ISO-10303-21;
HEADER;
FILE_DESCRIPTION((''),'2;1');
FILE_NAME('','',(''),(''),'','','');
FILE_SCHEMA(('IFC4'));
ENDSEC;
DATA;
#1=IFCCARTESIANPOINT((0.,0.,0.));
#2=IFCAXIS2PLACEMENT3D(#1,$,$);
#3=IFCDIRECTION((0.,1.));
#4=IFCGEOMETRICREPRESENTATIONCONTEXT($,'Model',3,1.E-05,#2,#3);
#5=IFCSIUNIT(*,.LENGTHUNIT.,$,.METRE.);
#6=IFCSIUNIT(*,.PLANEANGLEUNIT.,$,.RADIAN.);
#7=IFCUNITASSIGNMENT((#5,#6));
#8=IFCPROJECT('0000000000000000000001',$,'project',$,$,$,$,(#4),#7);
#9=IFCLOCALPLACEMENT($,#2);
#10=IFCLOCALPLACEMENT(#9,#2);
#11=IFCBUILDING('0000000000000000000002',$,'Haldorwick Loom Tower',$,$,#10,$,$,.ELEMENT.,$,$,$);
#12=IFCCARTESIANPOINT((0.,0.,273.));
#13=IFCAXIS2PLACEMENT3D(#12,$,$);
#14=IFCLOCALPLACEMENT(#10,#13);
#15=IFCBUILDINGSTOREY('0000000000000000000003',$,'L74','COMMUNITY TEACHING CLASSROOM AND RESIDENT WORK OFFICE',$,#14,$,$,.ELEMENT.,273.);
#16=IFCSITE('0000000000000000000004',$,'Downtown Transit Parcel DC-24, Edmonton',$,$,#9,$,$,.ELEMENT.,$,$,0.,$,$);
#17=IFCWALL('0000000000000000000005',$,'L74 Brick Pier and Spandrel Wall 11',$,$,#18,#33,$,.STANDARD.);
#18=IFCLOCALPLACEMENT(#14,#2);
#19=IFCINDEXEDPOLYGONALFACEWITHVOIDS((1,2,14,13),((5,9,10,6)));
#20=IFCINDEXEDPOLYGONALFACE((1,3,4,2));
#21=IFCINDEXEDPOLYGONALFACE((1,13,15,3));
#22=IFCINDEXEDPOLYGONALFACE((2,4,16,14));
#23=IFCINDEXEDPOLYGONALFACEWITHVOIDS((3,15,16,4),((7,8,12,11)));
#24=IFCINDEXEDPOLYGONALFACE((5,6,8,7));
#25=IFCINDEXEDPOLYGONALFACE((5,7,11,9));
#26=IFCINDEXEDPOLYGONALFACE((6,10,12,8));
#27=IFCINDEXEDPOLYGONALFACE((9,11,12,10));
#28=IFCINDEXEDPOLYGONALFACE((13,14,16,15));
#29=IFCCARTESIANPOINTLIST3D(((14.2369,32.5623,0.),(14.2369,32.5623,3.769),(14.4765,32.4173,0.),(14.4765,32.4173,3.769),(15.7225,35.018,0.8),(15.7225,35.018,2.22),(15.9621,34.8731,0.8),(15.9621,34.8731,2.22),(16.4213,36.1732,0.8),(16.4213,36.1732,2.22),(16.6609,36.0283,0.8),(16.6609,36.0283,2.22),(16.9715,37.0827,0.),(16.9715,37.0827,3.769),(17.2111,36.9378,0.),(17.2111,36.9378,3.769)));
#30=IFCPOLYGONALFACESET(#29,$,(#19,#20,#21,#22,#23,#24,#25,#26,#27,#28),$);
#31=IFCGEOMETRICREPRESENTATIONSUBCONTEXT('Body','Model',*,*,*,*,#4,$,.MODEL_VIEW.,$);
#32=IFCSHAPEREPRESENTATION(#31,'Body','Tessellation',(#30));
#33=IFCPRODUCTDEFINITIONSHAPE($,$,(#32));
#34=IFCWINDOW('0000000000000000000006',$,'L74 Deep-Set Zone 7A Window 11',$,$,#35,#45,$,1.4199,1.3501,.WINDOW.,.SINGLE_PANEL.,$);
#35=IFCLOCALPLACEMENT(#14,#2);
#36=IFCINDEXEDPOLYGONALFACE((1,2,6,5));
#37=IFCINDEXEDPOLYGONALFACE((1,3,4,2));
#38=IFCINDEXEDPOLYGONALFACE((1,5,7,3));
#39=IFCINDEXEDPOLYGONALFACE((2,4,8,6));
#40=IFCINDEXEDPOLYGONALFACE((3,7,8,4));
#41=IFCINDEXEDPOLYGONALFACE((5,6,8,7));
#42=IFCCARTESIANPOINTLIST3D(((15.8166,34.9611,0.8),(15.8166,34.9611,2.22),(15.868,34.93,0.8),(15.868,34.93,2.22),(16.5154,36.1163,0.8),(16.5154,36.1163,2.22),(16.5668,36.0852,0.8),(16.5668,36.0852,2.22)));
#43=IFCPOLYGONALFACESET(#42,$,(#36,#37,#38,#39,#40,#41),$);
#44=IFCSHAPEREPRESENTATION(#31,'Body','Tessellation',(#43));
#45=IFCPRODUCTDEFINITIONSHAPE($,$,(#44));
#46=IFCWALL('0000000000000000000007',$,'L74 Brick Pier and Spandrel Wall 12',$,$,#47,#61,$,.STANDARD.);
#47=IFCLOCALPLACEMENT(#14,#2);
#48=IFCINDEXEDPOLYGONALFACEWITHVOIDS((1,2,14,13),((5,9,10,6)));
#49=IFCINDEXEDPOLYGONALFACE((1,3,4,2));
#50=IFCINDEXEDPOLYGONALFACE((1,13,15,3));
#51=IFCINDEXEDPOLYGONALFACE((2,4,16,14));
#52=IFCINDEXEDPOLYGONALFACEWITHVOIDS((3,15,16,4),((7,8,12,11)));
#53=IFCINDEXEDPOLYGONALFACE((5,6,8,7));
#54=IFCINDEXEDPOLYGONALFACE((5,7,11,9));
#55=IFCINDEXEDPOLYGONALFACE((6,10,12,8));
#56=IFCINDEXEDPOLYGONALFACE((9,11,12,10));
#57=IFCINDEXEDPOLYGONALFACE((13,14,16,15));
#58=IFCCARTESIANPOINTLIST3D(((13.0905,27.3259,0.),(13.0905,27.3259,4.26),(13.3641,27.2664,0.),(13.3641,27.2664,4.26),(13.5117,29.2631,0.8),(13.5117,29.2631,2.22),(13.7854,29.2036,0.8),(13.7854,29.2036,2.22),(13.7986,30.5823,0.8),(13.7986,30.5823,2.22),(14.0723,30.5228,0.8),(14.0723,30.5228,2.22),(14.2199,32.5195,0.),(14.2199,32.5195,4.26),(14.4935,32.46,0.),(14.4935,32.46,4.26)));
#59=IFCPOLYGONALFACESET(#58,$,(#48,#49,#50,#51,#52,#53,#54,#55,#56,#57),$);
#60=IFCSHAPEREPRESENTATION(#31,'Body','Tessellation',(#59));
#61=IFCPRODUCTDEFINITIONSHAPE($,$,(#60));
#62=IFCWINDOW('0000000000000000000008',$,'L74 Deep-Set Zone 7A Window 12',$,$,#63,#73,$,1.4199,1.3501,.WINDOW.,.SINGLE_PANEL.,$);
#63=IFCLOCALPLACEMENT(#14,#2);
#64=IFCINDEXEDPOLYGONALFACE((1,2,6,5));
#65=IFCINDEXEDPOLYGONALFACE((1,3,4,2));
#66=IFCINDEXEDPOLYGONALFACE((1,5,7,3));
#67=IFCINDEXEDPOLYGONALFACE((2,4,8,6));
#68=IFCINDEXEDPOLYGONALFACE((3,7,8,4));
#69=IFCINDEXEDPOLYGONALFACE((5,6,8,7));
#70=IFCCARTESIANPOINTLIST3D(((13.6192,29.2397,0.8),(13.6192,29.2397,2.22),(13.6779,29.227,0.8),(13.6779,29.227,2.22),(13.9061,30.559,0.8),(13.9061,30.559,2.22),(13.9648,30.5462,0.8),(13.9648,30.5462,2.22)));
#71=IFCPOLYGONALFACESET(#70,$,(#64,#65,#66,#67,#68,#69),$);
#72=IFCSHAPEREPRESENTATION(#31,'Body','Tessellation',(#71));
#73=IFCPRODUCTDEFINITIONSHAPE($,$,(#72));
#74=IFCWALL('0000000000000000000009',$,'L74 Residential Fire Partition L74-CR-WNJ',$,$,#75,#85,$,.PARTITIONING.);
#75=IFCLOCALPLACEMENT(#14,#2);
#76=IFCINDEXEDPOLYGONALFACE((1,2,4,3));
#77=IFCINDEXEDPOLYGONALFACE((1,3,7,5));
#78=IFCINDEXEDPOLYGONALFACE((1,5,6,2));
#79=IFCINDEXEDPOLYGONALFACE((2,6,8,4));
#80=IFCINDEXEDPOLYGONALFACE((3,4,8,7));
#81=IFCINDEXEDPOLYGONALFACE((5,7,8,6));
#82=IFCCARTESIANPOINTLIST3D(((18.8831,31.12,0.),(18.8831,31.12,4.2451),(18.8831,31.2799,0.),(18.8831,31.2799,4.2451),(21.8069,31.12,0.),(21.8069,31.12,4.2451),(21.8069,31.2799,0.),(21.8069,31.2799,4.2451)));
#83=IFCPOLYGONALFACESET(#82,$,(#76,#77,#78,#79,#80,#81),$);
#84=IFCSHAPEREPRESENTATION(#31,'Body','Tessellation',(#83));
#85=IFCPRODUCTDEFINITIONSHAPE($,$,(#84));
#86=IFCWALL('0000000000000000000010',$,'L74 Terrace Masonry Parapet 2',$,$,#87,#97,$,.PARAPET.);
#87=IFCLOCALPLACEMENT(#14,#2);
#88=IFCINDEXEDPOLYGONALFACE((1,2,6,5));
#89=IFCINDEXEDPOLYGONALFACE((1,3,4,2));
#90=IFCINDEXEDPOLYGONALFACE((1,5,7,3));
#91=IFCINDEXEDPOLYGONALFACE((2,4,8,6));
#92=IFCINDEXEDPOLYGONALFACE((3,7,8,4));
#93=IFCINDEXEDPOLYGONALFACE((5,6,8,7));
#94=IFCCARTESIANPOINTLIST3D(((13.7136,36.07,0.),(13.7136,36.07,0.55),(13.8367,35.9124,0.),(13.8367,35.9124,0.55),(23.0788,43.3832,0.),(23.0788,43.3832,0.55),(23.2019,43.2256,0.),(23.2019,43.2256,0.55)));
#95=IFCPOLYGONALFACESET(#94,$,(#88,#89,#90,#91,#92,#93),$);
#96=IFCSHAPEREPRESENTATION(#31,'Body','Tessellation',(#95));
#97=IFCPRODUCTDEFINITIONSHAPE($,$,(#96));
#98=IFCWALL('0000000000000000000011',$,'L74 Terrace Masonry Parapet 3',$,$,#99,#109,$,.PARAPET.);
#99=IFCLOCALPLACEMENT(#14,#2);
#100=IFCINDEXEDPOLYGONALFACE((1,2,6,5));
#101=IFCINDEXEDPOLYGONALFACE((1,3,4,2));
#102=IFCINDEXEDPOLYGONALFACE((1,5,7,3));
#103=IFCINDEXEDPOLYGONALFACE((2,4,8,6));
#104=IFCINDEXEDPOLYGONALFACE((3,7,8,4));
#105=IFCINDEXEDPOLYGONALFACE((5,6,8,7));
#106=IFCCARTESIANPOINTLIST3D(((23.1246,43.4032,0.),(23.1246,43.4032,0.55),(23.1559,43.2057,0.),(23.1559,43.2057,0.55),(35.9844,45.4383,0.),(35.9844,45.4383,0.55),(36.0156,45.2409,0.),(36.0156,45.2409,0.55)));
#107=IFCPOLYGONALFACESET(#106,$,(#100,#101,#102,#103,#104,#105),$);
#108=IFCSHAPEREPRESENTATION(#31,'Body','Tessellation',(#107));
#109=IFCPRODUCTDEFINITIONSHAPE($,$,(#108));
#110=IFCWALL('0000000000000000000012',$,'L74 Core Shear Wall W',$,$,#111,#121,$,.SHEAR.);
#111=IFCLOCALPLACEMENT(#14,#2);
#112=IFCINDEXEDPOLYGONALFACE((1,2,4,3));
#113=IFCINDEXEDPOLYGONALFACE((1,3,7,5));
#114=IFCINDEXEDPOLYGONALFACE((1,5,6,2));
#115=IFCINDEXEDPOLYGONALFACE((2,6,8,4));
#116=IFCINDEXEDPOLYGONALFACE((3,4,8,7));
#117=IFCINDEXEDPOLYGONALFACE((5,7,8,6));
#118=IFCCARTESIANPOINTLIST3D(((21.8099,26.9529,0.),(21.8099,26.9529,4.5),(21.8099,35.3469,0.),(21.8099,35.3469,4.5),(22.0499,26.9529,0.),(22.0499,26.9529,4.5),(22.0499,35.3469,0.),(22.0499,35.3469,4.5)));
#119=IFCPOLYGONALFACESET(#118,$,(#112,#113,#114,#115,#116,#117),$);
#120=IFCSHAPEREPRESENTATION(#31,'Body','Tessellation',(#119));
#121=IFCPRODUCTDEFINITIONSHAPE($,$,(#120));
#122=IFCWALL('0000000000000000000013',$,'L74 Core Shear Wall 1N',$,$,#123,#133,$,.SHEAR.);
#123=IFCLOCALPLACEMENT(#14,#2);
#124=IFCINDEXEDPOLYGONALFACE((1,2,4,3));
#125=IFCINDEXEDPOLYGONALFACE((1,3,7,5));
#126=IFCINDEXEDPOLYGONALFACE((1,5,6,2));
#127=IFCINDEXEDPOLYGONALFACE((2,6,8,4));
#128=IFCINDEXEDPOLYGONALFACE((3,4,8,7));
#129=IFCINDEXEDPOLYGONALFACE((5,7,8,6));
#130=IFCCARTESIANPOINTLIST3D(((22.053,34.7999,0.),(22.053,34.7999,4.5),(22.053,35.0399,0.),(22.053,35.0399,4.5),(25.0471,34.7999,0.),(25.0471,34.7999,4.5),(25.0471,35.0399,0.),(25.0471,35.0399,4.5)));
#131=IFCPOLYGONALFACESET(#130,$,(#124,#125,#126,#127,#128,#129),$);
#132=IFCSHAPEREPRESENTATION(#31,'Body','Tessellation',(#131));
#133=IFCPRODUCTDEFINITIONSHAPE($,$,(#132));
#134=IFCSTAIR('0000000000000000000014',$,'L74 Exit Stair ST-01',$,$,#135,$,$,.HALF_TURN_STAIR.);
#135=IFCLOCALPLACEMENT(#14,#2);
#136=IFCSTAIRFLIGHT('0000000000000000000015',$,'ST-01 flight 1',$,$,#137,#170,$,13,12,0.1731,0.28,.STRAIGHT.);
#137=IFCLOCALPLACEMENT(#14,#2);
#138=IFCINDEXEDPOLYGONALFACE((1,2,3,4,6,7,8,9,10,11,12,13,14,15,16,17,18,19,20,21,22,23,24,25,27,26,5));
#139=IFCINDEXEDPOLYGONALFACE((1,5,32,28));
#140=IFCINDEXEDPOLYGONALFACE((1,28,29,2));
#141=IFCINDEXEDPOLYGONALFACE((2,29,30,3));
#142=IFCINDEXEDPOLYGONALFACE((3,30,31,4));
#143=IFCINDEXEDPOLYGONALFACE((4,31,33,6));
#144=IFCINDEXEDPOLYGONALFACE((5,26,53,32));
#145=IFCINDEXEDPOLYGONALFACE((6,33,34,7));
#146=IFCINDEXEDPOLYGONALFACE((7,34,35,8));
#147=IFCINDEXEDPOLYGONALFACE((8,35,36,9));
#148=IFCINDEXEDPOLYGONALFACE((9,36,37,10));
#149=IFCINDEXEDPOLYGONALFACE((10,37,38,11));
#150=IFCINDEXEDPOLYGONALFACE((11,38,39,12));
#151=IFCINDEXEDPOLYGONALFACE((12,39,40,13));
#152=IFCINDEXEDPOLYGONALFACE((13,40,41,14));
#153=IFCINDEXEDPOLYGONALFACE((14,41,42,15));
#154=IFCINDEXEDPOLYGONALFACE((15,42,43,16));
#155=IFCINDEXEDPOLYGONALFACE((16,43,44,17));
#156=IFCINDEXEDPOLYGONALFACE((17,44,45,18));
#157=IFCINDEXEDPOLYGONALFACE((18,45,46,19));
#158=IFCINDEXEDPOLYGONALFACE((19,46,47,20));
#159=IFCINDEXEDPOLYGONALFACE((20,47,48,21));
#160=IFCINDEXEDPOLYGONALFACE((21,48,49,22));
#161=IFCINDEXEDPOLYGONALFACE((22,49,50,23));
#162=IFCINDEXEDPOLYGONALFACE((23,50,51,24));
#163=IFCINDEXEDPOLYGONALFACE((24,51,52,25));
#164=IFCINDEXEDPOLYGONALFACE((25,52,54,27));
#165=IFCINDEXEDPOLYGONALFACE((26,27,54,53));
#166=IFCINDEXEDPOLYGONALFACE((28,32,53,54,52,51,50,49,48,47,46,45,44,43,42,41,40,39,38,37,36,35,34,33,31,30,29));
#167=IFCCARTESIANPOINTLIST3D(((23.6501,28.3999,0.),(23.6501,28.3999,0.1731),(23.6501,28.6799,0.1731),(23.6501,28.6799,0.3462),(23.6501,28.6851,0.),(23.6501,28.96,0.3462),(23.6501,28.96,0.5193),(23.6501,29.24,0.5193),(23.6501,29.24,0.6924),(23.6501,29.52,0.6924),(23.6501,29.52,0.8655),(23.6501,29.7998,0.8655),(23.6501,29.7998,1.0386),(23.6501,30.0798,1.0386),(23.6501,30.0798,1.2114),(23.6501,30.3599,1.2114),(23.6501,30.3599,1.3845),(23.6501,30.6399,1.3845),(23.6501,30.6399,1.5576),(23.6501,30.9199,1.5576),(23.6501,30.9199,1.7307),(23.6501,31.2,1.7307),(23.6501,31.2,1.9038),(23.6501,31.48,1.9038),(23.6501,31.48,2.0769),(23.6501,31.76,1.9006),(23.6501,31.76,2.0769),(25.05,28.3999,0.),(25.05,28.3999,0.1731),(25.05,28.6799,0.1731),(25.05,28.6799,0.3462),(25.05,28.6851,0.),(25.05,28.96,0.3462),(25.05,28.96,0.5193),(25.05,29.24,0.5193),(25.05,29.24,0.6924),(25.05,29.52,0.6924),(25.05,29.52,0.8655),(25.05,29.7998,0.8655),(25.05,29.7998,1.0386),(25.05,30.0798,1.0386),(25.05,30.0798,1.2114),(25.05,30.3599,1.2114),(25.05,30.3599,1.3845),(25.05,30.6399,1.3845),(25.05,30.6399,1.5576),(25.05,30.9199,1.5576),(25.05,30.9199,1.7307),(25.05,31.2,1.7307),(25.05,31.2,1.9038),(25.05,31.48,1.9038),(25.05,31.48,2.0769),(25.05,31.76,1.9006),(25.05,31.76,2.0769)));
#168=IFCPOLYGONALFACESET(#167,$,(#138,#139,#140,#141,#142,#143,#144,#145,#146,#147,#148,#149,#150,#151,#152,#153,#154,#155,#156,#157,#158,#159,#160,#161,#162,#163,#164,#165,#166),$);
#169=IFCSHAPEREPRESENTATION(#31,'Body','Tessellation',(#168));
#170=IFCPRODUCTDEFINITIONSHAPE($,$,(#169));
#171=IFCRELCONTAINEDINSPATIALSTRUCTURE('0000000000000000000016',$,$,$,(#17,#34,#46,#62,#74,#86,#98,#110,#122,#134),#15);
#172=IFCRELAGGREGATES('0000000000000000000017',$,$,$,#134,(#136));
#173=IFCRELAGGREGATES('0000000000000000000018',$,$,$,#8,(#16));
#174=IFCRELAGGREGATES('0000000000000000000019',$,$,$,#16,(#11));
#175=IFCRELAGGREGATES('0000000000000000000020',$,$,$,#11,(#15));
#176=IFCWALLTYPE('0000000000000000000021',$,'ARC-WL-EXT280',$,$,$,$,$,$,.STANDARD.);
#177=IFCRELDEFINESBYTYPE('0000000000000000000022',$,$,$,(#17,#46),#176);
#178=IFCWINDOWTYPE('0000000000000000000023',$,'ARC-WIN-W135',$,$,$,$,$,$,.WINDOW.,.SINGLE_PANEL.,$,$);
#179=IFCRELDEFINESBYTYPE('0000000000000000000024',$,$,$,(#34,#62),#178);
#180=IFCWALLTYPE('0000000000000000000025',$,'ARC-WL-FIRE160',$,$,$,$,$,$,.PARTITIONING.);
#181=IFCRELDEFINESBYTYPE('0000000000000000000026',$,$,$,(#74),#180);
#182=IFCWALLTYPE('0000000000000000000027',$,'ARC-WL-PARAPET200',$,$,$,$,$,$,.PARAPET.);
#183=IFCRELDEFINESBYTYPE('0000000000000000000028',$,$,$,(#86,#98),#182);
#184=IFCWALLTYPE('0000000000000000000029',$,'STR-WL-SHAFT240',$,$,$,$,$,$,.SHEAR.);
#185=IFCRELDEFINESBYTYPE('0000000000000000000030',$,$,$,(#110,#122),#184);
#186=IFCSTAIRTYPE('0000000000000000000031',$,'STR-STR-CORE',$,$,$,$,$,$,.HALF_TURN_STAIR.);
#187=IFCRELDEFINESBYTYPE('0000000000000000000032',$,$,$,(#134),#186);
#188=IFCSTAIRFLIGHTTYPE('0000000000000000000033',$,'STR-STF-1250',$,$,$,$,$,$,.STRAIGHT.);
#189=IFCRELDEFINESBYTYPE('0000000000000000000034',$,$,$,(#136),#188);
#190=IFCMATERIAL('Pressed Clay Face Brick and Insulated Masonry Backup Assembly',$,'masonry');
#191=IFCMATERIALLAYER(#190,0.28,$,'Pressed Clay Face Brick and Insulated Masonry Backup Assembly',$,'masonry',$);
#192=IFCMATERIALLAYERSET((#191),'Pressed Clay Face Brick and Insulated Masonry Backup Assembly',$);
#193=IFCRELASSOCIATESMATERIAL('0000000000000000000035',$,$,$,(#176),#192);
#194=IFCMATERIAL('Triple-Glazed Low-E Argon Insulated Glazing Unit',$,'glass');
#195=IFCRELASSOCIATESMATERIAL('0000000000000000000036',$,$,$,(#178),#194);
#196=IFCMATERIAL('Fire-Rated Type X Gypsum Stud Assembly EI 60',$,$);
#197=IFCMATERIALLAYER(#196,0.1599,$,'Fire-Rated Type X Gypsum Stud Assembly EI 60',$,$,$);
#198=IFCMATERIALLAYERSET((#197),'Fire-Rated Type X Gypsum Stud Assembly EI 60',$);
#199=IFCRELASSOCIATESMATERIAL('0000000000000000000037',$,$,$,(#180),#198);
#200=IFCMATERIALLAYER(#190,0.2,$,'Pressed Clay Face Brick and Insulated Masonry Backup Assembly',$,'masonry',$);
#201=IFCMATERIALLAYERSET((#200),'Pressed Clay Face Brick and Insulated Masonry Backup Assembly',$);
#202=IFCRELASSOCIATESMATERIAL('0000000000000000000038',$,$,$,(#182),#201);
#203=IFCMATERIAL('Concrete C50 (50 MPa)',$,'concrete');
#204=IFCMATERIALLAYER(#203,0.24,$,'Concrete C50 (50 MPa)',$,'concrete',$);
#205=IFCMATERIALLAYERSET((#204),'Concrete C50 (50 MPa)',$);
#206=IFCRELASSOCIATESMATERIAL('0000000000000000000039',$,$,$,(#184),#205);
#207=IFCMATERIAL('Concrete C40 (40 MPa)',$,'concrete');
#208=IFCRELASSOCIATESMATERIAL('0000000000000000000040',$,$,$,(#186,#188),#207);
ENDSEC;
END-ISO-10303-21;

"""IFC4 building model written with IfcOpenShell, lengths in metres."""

from ifc_helpers import new_model, si_unit, direction, frame, frame_2d, origin, place, context, subcontext, project, spatial, polyline, rectangle, outline, extrude, material, layer, layer_set, type_object, element, fill, aggregate, save


model = new_model("IFC4")

# Units and contexts
model_context = context("Model", 3, precision=1e-05, world=origin(), true_north=direction((0.0, 1.0)))
body_context = subcontext(model_context, "Body", "Model", "MODEL_VIEW")
ifc_project = project(units=[si_unit("LENGTHUNIT", "METRE"), si_unit("PLANEANGLEUNIT", "RADIAN")], contexts=[model_context])

# Site, building, storey
site_placement = place(None, origin())
site = spatial("IfcSite", under=ifc_project, at=site_placement, Name="Downtown Transit Parcel DC-24, Edmonton", CompositionType="ELEMENT", RefElevation=0.0)
building_placement = place(site_placement, origin())
building = spatial("IfcBuilding", under=site, at=building_placement, Name="Haldorwick Loom Tower", CompositionType="ELEMENT")
storey_placement = place(building_placement, frame((0.0, 0.0, 273.0)))
storey = spatial("IfcBuildingStorey", under=building, at=storey_placement, Name="L74", Description="COMMUNITY TEACHING CLASSROOM AND RESIDENT WORK OFFICE", CompositionType="ELEMENT", Elevation=273.0)

# Shared definitions
ifc_material_1 = material(Name="Concrete C50 (50 MPa)", Category="concrete")

# Shared definitions
ifc_material_2 = material(Name="Pressed Clay Face Brick and Insulated Masonry Backup Assembly", Category="masonry")
ifc_layer_1 = layer(ifc_material_2, 0.28, Name="Pressed Clay Face Brick and Insulated Masonry Backup Assembly", Category="masonry")
ifc_layer_set_1 = layer_set([ifc_layer_1], Name="Pressed Clay Face Brick and Insulated Masonry Backup Assembly")
wall_type_1 = type_object("IfcWallType", Name="ARC-WL-EXT280", PredefinedType="STANDARD", material=ifc_layer_set_1)

# Walls, openings, windows
wall_1_placement = place(storey_placement, frame((17.0913, 37.0103, 0.0), z_axis=(0.0, 0.0, 1.0), x_axis=(-0.517598, -0.855624, 0.0)))
wall_1 = element("IfcWall", 1, at=wall_1_placement, inside=storey, type_object=wall_type_1, Name="L74 Brick Pier and Spandrel Wall 11", PredefinedType="STANDARD", context=body_context, shape_type="SweptSolid", body=[
    extrude(rectangle(XDim=5.2832, YDim=0.28, at=frame_2d((2.6416, 0.0))), origin(), (0.0, 0.0, 1.0), 3.769),
])
opening_1_placement = place(wall_1_placement, frame((1.063, 0.0, 0.8)))
opening_1 = element("IfcOpeningElement", 2, at=opening_1_placement, cuts=wall_1, PredefinedType="OPENING", context=body_context, shape_type="SweptSolid", body=[
    extrude(rectangle(XDim=1.3501, YDim=1.4199, at=frame_2d((0.675, 0.71))), frame((0.0, 0.1499, 0.0), z_axis=(0.0, -1.0, 0.0), x_axis=(1.0, 0.0, 0.0)), (0.0, 0.0, 1.0), 0.3),
])
ifc_material_3 = material(Name="Triple-Glazed Low-E Argon Insulated Glazing Unit", Category="glass")
window_type = type_object("IfcWindowType", Name="ARC-WIN-W135", PartitioningType="SINGLE_PANEL", PredefinedType="WINDOW", material=ifc_material_3)
window_1_placement = place(opening_1_placement, origin())
window_1 = element("IfcWindow", 3, at=window_1_placement, inside=storey, type_object=window_type, Name="L74 Deep-Set Zone 7A Window 11", OverallHeight=1.4199, OverallWidth=1.3501, PartitioningType="SINGLE_PANEL", PredefinedType="WINDOW", context=body_context, shape_type="SweptSolid", body=[
    extrude(rectangle(XDim=1.3501, YDim=1.4199, at=frame_2d((0.675, 0.71))), frame((0.0, 0.03, 0.0), z_axis=(0.0, -1.0, 0.0), x_axis=(1.0, 0.0, 0.0)), (0.0, 0.0, 1.0), 0.0601),
])
fill(opening_1, window_1)
wall_2_placement = place(storey_placement, frame((14.3567, 32.4897, 0.0), z_axis=(0.0, 0.0, 1.0), x_axis=(-0.212493, -0.977163, 0.0)))
wall_2 = element("IfcWall", 4, at=wall_2_placement, inside=storey, type_object=wall_type_1, Name="L74 Brick Pier and Spandrel Wall 12", PredefinedType="STANDARD", context=body_context, shape_type="SweptSolid", body=[
    extrude(rectangle(XDim=5.3149, YDim=0.28, at=frame_2d((2.6575, 0.0))), origin(), (0.0, 0.0, 1.0), 4.26),
])
opening_2_placement = place(wall_2_placement, frame((1.9824, 0.0, 0.8)))
opening_2 = element("IfcOpeningElement", 5, at=opening_2_placement, cuts=wall_2, PredefinedType="OPENING", context=body_context, shape_type="SweptSolid", body=[
    extrude(rectangle(XDim=1.3501, YDim=1.4199, at=frame_2d((0.675, 0.71))), frame((0.0, 0.1499, 0.0), z_axis=(0.0, -1.0, 0.0), x_axis=(1.0, 0.0, 0.0)), (0.0, 0.0, 1.0), 0.3),
])
window_2_placement = place(opening_2_placement, origin())
window_2 = element("IfcWindow", 6, at=window_2_placement, inside=storey, type_object=window_type, Name="L74 Deep-Set Zone 7A Window 12", OverallHeight=1.4199, OverallWidth=1.3501, PartitioningType="SINGLE_PANEL", PredefinedType="WINDOW", context=body_context, shape_type="SweptSolid", body=[
    extrude(rectangle(XDim=1.3501, YDim=1.4199, at=frame_2d((0.675, 0.71))), frame((0.0, 0.03, 0.0), z_axis=(0.0, -1.0, 0.0), x_axis=(1.0, 0.0, 0.0)), (0.0, 0.0, 1.0), 0.0601),
])
fill(opening_2, window_2)

# Walls
ifc_material_4 = material(Name="Fire-Rated Type X Gypsum Stud Assembly EI 60")
ifc_layer_2 = layer(ifc_material_4, 0.1599, Name="Fire-Rated Type X Gypsum Stud Assembly EI 60")
ifc_layer_set_2 = layer_set([ifc_layer_2], Name="Fire-Rated Type X Gypsum Stud Assembly EI 60")
wall_type_2 = type_object("IfcWallType", Name="ARC-WL-FIRE160", PredefinedType="PARTITIONING", material=ifc_layer_set_2)
wall_3_placement = place(storey_placement, frame((18.8831, 31.2, 0.0), z_axis=(0.0, 0.0, 1.0), x_axis=(1.0, 0.0, 0.0)))
element("IfcWall", 7, at=wall_3_placement, inside=storey, type_object=wall_type_2, Name="L74 Residential Fire Partition L74-CR-WNJ", PredefinedType="PARTITIONING", context=body_context, shape_type="SweptSolid", body=[
    extrude(rectangle(XDim=2.9238, YDim=0.1599, at=frame_2d((1.4619, 0.0))), origin(), (0.0, 0.0, 1.0), 4.2451),
])
ifc_layer_3 = layer(ifc_material_2, 0.2, Name="Pressed Clay Face Brick and Insulated Masonry Backup Assembly", Category="masonry")
ifc_layer_set_3 = layer_set([ifc_layer_3], Name="Pressed Clay Face Brick and Insulated Masonry Backup Assembly")
wall_type_3 = type_object("IfcWallType", Name="ARC-WL-PARAPET200", PredefinedType="PARAPET", material=ifc_layer_set_3)
wall_4_placement = place(storey_placement, frame((13.7751, 35.9912, 0.0), z_axis=(0.0, 0.0, 1.0), x_axis=(0.788161, 0.615469, 0.0)))
element("IfcWall", 8, at=wall_4_placement, inside=storey, type_object=wall_type_3, Name="L74 Terrace Masonry Parapet 2", PredefinedType="PARAPET", context=body_context, shape_type="SweptSolid", body=[
    extrude(rectangle(XDim=11.8823, YDim=0.2, at=frame_2d((5.9412, 0.0))), origin(), (0.0, 0.0, 1.0), 0.55),
])
wall_5_placement = place(storey_placement, frame((23.1404, 43.3044, 0.0), z_axis=(0.0, 0.0, 1.0), x_axis=(0.987707, 0.156314, 0.0)))
element("IfcWall", 9, at=wall_5_placement, inside=storey, type_object=wall_type_3, Name="L74 Terrace Masonry Parapet 3", PredefinedType="PARAPET", context=body_context, shape_type="SweptSolid", body=[
    extrude(rectangle(XDim=13.0198, YDim=0.2, at=frame_2d((6.5098, 0.0))), origin(), (0.0, 0.0, 1.0), 0.55),
])
ifc_layer_4 = layer(ifc_material_1, 0.24, Name="Concrete C50 (50 MPa)", Category="concrete")
ifc_layer_set_4 = layer_set([ifc_layer_4], Name="Concrete C50 (50 MPa)")
wall_type_4 = type_object("IfcWallType", Name="STR-WL-SHAFT240", PredefinedType="SHEAR", material=ifc_layer_set_4)
wall_6_placement = place(storey_placement, frame((21.9299, 35.3469, 0.0), z_axis=(0.0, 0.0, 1.0), x_axis=(0.0, -1.0, 0.0)))
element("IfcWall", 10, at=wall_6_placement, inside=storey, type_object=wall_type_4, Name="L74 Core Shear Wall W", PredefinedType="SHEAR", context=body_context, shape_type="SweptSolid", body=[
    extrude(rectangle(XDim=8.394, YDim=0.24, at=frame_2d((4.197, 0.0))), origin(), (0.0, 0.0, 1.0), 4.5),
])
wall_7_placement = place(storey_placement, frame((22.053, 34.9199, 0.0), z_axis=(0.0, 0.0, 1.0), x_axis=(1.0, 0.0, 0.0)))
element("IfcWall", 11, at=wall_7_placement, inside=storey, type_object=wall_type_4, Name="L74 Core Shear Wall 1N", PredefinedType="SHEAR", context=body_context, shape_type="SweptSolid", body=[
    extrude(rectangle(XDim=2.9941, YDim=0.24, at=frame_2d((1.4971, 0.0))), origin(), (0.0, 0.0, 1.0), 4.5),
])

# Stair, stair flight
ifc_material_5 = material(Name="Concrete C40 (40 MPa)", Category="concrete")
stair_type = type_object("IfcStairType", Name="STR-STR-CORE", PredefinedType="HALF_TURN_STAIR", material=ifc_material_5)
stair_placement = place(storey_placement, origin())
stair = element("IfcStair", 12, at=stair_placement, inside=storey, type_object=stair_type, Name="L74 Exit Stair ST-01", PredefinedType="HALF_TURN_STAIR")
stair_flight_type = type_object("IfcStairFlightType", Name="STR-STF-1250", PredefinedType="STRAIGHT", material=ifc_material_5)
stair_flight_1_placement = place(storey_placement, frame((24.3501, 28.3999, 0.0), z_axis=(0.0, 0.0, 1.0), x_axis=(0.0, 1.0, 0.0)))
stair_flight_1 = element("IfcStairFlight", 13, at=stair_flight_1_placement, type_object=stair_flight_type, Name="ST-01 flight 1", NumberOfRisers=13, NumberOfTreads=12, PredefinedType="STRAIGHT", RiserHeight=0.1731, TreadLength=0.28, context=body_context, shape_type="SweptSolid", body=[
    extrude(outline(polyline([(0.0, 0.0), (0.0, 0.1731), (0.28, 0.1731), (0.28, 0.3462), (0.5601, 0.3462), (0.5601, 0.5193), (0.8401, 0.5193), (0.8401, 0.6924), (1.1201, 0.6924), (1.1201, 0.8655), (1.3999, 0.8655), (1.3999, 1.0386), (1.6799, 1.0386), (1.6799, 1.2114), (1.96, 1.2114), (1.96, 1.3845), (2.24, 1.3845), (2.24, 1.5576), (2.52, 1.5576), (2.52, 1.7307), (2.8, 1.7307), (2.8, 1.9038), (3.0801, 1.9038), (3.0801, 2.0769), (3.3601, 2.0769), (3.3601, 2.25), (3.3601, 1.9006), (0.2852, 0.0), (0.0, 0.0)])), frame((0.0, 0.7, 0.0), z_axis=(0.0, -1.0, 0.0), x_axis=(1.0, 0.0, 0.0)), (0.0, 0.0, 1.0), 1.3999),
])
aggregate(stair, [stair_flight_1])

save(model, "model.ifc")
